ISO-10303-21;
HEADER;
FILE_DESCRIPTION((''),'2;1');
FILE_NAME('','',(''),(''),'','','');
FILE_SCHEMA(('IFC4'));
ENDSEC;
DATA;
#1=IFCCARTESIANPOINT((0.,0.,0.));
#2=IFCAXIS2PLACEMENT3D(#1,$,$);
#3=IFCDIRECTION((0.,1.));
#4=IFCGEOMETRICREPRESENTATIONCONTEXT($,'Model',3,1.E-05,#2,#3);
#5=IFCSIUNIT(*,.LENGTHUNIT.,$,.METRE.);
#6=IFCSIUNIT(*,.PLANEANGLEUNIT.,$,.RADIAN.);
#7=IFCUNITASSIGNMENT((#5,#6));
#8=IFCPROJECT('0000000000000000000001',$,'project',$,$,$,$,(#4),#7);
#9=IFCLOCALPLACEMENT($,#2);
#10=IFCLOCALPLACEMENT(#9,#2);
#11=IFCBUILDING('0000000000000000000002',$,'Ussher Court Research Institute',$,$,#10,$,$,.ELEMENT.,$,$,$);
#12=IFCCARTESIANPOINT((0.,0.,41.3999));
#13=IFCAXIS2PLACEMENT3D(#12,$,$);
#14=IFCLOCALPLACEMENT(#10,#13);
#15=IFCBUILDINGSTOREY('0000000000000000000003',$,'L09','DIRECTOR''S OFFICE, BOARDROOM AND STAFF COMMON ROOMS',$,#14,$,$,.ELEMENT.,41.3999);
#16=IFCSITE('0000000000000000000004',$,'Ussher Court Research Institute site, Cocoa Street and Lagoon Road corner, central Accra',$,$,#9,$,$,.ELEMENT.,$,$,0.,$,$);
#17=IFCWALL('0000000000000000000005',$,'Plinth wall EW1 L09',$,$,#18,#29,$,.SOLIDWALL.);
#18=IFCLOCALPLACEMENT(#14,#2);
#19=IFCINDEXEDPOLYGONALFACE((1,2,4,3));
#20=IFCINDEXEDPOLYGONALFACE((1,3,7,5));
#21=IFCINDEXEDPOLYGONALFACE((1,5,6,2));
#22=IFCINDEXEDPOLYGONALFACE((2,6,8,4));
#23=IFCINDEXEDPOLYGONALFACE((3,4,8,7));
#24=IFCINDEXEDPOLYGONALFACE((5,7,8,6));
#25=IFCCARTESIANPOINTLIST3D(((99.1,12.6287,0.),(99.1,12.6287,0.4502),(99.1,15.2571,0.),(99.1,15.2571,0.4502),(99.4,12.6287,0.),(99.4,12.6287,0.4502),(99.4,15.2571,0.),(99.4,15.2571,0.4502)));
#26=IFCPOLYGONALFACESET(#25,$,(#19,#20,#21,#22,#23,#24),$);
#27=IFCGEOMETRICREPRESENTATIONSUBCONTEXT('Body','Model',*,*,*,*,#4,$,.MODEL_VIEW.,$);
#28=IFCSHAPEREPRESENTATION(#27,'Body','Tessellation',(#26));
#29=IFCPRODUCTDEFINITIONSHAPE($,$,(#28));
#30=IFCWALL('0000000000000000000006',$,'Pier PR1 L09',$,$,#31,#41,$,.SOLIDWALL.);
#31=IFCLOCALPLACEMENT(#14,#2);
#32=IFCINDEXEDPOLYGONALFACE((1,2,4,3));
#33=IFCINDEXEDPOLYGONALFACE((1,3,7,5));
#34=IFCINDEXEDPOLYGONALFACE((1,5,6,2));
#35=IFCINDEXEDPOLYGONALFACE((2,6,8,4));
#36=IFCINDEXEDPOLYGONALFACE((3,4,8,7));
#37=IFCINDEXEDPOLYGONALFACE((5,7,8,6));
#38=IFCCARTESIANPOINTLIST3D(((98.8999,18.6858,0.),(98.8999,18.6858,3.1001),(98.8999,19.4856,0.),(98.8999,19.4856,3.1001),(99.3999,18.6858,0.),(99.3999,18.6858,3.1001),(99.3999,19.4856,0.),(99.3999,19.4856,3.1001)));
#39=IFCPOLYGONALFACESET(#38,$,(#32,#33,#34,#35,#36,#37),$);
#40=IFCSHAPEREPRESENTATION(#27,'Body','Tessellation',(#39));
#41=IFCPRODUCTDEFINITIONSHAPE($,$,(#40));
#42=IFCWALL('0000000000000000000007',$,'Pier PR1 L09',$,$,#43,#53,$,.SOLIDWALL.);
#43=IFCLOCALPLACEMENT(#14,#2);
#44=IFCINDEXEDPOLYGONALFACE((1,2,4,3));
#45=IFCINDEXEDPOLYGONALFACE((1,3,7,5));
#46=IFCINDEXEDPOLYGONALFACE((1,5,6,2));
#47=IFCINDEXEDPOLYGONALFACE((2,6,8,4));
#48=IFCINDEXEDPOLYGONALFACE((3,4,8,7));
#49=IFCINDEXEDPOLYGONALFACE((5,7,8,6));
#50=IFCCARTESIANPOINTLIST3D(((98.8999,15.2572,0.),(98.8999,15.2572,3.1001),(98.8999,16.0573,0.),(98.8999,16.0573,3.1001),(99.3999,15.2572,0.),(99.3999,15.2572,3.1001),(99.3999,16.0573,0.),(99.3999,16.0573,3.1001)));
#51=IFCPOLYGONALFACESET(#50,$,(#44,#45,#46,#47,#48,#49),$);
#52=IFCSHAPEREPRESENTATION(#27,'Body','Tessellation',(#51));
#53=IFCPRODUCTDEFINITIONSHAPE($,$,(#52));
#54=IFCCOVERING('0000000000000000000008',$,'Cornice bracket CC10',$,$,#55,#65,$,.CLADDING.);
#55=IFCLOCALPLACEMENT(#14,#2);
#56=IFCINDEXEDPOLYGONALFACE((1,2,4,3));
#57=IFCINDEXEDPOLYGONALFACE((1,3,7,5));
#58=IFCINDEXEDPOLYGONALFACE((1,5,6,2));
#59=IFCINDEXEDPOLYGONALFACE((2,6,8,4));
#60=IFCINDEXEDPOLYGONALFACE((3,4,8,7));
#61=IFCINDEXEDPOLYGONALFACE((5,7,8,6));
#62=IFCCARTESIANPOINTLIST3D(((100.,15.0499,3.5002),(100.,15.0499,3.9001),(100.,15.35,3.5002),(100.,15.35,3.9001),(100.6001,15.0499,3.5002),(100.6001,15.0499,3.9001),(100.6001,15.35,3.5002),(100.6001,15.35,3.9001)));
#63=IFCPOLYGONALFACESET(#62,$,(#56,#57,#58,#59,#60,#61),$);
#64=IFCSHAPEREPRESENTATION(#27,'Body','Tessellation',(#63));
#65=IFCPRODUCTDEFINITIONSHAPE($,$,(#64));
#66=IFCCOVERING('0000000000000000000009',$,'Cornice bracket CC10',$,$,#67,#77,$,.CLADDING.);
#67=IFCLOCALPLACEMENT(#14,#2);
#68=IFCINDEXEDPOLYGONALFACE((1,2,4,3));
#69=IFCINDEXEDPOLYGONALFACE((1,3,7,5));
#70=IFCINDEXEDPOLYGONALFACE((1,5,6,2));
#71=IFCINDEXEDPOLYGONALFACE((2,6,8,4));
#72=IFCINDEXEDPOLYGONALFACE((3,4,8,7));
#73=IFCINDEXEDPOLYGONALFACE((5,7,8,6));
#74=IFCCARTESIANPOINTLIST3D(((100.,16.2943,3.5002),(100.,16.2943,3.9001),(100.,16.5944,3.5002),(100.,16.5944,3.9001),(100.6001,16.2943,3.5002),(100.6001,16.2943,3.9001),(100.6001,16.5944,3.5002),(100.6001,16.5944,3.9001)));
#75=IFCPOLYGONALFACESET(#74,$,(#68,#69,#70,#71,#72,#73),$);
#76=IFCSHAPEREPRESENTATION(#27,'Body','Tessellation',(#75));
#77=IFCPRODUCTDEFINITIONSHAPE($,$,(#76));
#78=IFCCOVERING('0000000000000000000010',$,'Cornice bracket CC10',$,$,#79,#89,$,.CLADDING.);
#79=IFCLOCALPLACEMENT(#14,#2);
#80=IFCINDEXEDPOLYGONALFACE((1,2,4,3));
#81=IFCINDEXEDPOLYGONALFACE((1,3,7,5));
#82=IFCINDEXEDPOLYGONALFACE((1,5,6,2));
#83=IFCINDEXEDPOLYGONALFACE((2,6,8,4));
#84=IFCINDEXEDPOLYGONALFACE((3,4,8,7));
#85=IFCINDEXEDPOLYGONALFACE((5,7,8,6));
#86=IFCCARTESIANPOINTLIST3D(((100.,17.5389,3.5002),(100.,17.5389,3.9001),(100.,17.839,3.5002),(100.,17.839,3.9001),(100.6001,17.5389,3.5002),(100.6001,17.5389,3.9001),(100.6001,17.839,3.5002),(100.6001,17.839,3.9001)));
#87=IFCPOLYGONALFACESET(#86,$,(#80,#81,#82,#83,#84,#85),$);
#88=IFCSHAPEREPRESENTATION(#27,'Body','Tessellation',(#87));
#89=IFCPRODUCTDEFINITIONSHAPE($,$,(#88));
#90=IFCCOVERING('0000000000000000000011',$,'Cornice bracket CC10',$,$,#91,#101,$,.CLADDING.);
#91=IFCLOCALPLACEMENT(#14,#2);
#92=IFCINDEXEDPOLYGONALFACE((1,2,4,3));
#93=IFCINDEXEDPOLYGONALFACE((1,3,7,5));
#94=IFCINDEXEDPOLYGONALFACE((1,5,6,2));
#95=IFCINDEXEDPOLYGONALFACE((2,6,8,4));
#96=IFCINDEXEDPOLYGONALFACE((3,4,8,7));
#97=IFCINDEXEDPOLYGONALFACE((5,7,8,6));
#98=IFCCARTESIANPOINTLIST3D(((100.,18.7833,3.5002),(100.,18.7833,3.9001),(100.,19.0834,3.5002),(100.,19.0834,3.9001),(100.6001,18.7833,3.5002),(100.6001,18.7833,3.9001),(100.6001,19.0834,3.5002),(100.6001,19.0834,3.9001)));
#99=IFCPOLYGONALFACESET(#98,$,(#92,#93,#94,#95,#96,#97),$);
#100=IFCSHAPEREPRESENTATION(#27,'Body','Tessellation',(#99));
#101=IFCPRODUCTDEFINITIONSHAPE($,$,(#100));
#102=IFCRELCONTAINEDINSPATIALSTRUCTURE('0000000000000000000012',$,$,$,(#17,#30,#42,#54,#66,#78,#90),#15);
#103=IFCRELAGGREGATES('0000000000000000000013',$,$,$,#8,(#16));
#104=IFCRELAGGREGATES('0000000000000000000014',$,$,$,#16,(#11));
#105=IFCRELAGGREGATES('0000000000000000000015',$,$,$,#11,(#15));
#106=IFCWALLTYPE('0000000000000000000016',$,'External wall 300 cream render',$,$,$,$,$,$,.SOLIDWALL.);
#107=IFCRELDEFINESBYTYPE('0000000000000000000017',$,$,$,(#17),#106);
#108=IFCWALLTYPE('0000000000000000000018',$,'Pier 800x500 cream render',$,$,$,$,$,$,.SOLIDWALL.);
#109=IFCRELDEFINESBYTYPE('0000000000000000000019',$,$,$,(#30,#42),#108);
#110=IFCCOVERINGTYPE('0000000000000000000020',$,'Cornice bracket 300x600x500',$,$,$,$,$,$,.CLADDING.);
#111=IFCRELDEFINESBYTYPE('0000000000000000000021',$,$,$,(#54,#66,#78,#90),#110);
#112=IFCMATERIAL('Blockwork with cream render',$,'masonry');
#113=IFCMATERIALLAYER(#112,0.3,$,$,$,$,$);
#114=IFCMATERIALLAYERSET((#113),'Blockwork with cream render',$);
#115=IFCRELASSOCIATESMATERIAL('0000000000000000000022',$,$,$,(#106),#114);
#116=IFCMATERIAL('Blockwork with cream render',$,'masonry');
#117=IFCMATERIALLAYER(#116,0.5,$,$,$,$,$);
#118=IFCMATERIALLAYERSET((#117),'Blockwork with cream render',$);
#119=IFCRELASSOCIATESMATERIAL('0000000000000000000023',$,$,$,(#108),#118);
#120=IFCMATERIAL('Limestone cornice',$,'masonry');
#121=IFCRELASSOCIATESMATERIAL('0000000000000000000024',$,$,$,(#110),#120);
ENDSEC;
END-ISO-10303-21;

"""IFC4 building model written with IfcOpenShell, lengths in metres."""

from ifc_helpers import new_model, si_unit, direction, frame, frame_2d, origin, origin_2d, place, context, subcontext, project, spatial, rectangle, extrude, material, layer, layer_set, type_object, element, save


model = new_model("IFC4")

# Units and contexts
model_context = context("Model", 3, precision=1e-05, world=origin(), true_north=direction((0.0, 1.0)))
body_context = subcontext(model_context, "Body", "Model", "MODEL_VIEW")
ifc_project = project(units=[si_unit("LENGTHUNIT", "METRE"), si_unit("PLANEANGLEUNIT", "RADIAN")], contexts=[model_context])

# Site, building, storey
site_placement = place(None, origin())
site = spatial("IfcSite", under=ifc_project, at=site_placement, Name="Ussher Court Research Institute site, Cocoa Street and Lagoon Road corner, central Accra", CompositionType="ELEMENT", RefElevation=0.0)
building_placement = place(site_placement, origin())
building = spatial("IfcBuilding", under=site, at=building_placement, Name="Ussher Court Research Institute", CompositionType="ELEMENT")
storey_placement = place(building_placement, frame((0.0, 0.0, 41.3999)))
storey = spatial("IfcBuildingStorey", under=building, at=storey_placement, Name="L09", Description="DIRECTOR'S OFFICE, BOARDROOM AND STAFF COMMON ROOMS", CompositionType="ELEMENT", Elevation=41.3999)

# Shared definitions
ifc_material_1 = material(Name="Blockwork with cream render", Category="masonry")
ifc_layer_1 = layer(ifc_material_1, 0.3)
ifc_layer_set_1 = layer_set([ifc_layer_1], Name="Blockwork with cream render")
wall_type_1 = type_object("IfcWallType", Name="External wall 300 cream render", PredefinedType="SOLIDWALL", material=ifc_layer_set_1)

# Walls
wall_1_placement = place(storey_placement, frame((99.25, 15.2571, 0.0), z_axis=(0.0, 0.0, 1.0), x_axis=(0.0, -1.0, 0.0)))
element("IfcWall", 1, at=wall_1_placement, inside=storey, type_object=wall_type_1, Name="Plinth wall EW1 L09", PredefinedType="SOLIDWALL", context=body_context, shape_type="SweptSolid", body=[
    extrude(rectangle(XDim=2.6284, YDim=0.3, at=frame_2d((1.3142, 0.0))), origin(), (0.0, 0.0, 1.0), 0.4502),
])
ifc_material_2 = material(Name="Blockwork with cream render", Category="masonry")
ifc_layer_2 = layer(ifc_material_2, 0.5)
ifc_layer_set_2 = layer_set([ifc_layer_2], Name="Blockwork with cream render")
wall_type_2 = type_object("IfcWallType", Name="Pier 800x500 cream render", PredefinedType="SOLIDWALL", material=ifc_layer_set_2)
wall_2_placement = place(storey_placement, frame((99.1499, 19.4856, 0.0), z_axis=(0.0, 0.0, 1.0), x_axis=(0.0, -1.0, 0.0)))
element("IfcWall", 2, at=wall_2_placement, inside=storey, type_object=wall_type_2, Name="Pier PR1 L09", PredefinedType="SOLIDWALL", context=body_context, shape_type="SweptSolid", body=[
    extrude(rectangle(XDim=0.7998, YDim=0.5, at=frame_2d((0.3999, 0.0))), origin(), (0.0, 0.0, 1.0), 3.1001),
])
wall_3_placement = place(storey_placement, frame((99.1499, 16.0571, 0.0), z_axis=(0.0, 0.0, 1.0), x_axis=(0.0, -1.0, 0.0)))
element("IfcWall", 3, at=wall_3_placement, inside=storey, type_object=wall_type_2, Name="Pier PR1 L09", PredefinedType="SOLIDWALL", context=body_context, shape_type="SweptSolid", body=[
    extrude(rectangle(XDim=0.8, YDim=0.5, at=frame_2d((0.3999, 0.0))), origin(), (0.0, 0.0, 1.0), 3.1001),
])

# Coverings
ifc_material_3 = material(Name="Limestone cornice", Category="masonry")
covering_type = type_object("IfcCoveringType", Name="Cornice bracket 300x600x500", PredefinedType="CLADDING", material=ifc_material_3)
for number, where, z_axis, x_axis, name in (
    (4, (100.3, 15.2, 3.5002), (0.0, 0.0, 1.0), (0.0, 1.0, 0.0), "Cornice bracket CC10"),
    (5, (100.3, 16.4443, 3.5002), (0.0, 0.0, 1.0), (0.0, 1.0, 0.0), "Cornice bracket CC10"),
    (6, (100.3, 17.689, 3.5002), (0.0, 0.0, 1.0), (0.0, 1.0, 0.0), "Cornice bracket CC10"),
    (7, (100.3, 18.9333, 3.5002), (0.0, 0.0, 1.0), (0.0, 1.0, 0.0), "Cornice bracket CC10"),
):
    element("IfcCovering", number, at=place(storey_placement, frame(where, z_axis=z_axis, x_axis=x_axis)), inside=storey, type_object=covering_type, Name=name, PredefinedType="CLADDING", context=body_context, shape_type="SweptSolid", body=[
        extrude(rectangle(XDim=0.3, YDim=0.6001, at=origin_2d()), origin(), (0.0, 0.0, 1.0), 0.3999),
    ])

save(model, "model.ifc")
